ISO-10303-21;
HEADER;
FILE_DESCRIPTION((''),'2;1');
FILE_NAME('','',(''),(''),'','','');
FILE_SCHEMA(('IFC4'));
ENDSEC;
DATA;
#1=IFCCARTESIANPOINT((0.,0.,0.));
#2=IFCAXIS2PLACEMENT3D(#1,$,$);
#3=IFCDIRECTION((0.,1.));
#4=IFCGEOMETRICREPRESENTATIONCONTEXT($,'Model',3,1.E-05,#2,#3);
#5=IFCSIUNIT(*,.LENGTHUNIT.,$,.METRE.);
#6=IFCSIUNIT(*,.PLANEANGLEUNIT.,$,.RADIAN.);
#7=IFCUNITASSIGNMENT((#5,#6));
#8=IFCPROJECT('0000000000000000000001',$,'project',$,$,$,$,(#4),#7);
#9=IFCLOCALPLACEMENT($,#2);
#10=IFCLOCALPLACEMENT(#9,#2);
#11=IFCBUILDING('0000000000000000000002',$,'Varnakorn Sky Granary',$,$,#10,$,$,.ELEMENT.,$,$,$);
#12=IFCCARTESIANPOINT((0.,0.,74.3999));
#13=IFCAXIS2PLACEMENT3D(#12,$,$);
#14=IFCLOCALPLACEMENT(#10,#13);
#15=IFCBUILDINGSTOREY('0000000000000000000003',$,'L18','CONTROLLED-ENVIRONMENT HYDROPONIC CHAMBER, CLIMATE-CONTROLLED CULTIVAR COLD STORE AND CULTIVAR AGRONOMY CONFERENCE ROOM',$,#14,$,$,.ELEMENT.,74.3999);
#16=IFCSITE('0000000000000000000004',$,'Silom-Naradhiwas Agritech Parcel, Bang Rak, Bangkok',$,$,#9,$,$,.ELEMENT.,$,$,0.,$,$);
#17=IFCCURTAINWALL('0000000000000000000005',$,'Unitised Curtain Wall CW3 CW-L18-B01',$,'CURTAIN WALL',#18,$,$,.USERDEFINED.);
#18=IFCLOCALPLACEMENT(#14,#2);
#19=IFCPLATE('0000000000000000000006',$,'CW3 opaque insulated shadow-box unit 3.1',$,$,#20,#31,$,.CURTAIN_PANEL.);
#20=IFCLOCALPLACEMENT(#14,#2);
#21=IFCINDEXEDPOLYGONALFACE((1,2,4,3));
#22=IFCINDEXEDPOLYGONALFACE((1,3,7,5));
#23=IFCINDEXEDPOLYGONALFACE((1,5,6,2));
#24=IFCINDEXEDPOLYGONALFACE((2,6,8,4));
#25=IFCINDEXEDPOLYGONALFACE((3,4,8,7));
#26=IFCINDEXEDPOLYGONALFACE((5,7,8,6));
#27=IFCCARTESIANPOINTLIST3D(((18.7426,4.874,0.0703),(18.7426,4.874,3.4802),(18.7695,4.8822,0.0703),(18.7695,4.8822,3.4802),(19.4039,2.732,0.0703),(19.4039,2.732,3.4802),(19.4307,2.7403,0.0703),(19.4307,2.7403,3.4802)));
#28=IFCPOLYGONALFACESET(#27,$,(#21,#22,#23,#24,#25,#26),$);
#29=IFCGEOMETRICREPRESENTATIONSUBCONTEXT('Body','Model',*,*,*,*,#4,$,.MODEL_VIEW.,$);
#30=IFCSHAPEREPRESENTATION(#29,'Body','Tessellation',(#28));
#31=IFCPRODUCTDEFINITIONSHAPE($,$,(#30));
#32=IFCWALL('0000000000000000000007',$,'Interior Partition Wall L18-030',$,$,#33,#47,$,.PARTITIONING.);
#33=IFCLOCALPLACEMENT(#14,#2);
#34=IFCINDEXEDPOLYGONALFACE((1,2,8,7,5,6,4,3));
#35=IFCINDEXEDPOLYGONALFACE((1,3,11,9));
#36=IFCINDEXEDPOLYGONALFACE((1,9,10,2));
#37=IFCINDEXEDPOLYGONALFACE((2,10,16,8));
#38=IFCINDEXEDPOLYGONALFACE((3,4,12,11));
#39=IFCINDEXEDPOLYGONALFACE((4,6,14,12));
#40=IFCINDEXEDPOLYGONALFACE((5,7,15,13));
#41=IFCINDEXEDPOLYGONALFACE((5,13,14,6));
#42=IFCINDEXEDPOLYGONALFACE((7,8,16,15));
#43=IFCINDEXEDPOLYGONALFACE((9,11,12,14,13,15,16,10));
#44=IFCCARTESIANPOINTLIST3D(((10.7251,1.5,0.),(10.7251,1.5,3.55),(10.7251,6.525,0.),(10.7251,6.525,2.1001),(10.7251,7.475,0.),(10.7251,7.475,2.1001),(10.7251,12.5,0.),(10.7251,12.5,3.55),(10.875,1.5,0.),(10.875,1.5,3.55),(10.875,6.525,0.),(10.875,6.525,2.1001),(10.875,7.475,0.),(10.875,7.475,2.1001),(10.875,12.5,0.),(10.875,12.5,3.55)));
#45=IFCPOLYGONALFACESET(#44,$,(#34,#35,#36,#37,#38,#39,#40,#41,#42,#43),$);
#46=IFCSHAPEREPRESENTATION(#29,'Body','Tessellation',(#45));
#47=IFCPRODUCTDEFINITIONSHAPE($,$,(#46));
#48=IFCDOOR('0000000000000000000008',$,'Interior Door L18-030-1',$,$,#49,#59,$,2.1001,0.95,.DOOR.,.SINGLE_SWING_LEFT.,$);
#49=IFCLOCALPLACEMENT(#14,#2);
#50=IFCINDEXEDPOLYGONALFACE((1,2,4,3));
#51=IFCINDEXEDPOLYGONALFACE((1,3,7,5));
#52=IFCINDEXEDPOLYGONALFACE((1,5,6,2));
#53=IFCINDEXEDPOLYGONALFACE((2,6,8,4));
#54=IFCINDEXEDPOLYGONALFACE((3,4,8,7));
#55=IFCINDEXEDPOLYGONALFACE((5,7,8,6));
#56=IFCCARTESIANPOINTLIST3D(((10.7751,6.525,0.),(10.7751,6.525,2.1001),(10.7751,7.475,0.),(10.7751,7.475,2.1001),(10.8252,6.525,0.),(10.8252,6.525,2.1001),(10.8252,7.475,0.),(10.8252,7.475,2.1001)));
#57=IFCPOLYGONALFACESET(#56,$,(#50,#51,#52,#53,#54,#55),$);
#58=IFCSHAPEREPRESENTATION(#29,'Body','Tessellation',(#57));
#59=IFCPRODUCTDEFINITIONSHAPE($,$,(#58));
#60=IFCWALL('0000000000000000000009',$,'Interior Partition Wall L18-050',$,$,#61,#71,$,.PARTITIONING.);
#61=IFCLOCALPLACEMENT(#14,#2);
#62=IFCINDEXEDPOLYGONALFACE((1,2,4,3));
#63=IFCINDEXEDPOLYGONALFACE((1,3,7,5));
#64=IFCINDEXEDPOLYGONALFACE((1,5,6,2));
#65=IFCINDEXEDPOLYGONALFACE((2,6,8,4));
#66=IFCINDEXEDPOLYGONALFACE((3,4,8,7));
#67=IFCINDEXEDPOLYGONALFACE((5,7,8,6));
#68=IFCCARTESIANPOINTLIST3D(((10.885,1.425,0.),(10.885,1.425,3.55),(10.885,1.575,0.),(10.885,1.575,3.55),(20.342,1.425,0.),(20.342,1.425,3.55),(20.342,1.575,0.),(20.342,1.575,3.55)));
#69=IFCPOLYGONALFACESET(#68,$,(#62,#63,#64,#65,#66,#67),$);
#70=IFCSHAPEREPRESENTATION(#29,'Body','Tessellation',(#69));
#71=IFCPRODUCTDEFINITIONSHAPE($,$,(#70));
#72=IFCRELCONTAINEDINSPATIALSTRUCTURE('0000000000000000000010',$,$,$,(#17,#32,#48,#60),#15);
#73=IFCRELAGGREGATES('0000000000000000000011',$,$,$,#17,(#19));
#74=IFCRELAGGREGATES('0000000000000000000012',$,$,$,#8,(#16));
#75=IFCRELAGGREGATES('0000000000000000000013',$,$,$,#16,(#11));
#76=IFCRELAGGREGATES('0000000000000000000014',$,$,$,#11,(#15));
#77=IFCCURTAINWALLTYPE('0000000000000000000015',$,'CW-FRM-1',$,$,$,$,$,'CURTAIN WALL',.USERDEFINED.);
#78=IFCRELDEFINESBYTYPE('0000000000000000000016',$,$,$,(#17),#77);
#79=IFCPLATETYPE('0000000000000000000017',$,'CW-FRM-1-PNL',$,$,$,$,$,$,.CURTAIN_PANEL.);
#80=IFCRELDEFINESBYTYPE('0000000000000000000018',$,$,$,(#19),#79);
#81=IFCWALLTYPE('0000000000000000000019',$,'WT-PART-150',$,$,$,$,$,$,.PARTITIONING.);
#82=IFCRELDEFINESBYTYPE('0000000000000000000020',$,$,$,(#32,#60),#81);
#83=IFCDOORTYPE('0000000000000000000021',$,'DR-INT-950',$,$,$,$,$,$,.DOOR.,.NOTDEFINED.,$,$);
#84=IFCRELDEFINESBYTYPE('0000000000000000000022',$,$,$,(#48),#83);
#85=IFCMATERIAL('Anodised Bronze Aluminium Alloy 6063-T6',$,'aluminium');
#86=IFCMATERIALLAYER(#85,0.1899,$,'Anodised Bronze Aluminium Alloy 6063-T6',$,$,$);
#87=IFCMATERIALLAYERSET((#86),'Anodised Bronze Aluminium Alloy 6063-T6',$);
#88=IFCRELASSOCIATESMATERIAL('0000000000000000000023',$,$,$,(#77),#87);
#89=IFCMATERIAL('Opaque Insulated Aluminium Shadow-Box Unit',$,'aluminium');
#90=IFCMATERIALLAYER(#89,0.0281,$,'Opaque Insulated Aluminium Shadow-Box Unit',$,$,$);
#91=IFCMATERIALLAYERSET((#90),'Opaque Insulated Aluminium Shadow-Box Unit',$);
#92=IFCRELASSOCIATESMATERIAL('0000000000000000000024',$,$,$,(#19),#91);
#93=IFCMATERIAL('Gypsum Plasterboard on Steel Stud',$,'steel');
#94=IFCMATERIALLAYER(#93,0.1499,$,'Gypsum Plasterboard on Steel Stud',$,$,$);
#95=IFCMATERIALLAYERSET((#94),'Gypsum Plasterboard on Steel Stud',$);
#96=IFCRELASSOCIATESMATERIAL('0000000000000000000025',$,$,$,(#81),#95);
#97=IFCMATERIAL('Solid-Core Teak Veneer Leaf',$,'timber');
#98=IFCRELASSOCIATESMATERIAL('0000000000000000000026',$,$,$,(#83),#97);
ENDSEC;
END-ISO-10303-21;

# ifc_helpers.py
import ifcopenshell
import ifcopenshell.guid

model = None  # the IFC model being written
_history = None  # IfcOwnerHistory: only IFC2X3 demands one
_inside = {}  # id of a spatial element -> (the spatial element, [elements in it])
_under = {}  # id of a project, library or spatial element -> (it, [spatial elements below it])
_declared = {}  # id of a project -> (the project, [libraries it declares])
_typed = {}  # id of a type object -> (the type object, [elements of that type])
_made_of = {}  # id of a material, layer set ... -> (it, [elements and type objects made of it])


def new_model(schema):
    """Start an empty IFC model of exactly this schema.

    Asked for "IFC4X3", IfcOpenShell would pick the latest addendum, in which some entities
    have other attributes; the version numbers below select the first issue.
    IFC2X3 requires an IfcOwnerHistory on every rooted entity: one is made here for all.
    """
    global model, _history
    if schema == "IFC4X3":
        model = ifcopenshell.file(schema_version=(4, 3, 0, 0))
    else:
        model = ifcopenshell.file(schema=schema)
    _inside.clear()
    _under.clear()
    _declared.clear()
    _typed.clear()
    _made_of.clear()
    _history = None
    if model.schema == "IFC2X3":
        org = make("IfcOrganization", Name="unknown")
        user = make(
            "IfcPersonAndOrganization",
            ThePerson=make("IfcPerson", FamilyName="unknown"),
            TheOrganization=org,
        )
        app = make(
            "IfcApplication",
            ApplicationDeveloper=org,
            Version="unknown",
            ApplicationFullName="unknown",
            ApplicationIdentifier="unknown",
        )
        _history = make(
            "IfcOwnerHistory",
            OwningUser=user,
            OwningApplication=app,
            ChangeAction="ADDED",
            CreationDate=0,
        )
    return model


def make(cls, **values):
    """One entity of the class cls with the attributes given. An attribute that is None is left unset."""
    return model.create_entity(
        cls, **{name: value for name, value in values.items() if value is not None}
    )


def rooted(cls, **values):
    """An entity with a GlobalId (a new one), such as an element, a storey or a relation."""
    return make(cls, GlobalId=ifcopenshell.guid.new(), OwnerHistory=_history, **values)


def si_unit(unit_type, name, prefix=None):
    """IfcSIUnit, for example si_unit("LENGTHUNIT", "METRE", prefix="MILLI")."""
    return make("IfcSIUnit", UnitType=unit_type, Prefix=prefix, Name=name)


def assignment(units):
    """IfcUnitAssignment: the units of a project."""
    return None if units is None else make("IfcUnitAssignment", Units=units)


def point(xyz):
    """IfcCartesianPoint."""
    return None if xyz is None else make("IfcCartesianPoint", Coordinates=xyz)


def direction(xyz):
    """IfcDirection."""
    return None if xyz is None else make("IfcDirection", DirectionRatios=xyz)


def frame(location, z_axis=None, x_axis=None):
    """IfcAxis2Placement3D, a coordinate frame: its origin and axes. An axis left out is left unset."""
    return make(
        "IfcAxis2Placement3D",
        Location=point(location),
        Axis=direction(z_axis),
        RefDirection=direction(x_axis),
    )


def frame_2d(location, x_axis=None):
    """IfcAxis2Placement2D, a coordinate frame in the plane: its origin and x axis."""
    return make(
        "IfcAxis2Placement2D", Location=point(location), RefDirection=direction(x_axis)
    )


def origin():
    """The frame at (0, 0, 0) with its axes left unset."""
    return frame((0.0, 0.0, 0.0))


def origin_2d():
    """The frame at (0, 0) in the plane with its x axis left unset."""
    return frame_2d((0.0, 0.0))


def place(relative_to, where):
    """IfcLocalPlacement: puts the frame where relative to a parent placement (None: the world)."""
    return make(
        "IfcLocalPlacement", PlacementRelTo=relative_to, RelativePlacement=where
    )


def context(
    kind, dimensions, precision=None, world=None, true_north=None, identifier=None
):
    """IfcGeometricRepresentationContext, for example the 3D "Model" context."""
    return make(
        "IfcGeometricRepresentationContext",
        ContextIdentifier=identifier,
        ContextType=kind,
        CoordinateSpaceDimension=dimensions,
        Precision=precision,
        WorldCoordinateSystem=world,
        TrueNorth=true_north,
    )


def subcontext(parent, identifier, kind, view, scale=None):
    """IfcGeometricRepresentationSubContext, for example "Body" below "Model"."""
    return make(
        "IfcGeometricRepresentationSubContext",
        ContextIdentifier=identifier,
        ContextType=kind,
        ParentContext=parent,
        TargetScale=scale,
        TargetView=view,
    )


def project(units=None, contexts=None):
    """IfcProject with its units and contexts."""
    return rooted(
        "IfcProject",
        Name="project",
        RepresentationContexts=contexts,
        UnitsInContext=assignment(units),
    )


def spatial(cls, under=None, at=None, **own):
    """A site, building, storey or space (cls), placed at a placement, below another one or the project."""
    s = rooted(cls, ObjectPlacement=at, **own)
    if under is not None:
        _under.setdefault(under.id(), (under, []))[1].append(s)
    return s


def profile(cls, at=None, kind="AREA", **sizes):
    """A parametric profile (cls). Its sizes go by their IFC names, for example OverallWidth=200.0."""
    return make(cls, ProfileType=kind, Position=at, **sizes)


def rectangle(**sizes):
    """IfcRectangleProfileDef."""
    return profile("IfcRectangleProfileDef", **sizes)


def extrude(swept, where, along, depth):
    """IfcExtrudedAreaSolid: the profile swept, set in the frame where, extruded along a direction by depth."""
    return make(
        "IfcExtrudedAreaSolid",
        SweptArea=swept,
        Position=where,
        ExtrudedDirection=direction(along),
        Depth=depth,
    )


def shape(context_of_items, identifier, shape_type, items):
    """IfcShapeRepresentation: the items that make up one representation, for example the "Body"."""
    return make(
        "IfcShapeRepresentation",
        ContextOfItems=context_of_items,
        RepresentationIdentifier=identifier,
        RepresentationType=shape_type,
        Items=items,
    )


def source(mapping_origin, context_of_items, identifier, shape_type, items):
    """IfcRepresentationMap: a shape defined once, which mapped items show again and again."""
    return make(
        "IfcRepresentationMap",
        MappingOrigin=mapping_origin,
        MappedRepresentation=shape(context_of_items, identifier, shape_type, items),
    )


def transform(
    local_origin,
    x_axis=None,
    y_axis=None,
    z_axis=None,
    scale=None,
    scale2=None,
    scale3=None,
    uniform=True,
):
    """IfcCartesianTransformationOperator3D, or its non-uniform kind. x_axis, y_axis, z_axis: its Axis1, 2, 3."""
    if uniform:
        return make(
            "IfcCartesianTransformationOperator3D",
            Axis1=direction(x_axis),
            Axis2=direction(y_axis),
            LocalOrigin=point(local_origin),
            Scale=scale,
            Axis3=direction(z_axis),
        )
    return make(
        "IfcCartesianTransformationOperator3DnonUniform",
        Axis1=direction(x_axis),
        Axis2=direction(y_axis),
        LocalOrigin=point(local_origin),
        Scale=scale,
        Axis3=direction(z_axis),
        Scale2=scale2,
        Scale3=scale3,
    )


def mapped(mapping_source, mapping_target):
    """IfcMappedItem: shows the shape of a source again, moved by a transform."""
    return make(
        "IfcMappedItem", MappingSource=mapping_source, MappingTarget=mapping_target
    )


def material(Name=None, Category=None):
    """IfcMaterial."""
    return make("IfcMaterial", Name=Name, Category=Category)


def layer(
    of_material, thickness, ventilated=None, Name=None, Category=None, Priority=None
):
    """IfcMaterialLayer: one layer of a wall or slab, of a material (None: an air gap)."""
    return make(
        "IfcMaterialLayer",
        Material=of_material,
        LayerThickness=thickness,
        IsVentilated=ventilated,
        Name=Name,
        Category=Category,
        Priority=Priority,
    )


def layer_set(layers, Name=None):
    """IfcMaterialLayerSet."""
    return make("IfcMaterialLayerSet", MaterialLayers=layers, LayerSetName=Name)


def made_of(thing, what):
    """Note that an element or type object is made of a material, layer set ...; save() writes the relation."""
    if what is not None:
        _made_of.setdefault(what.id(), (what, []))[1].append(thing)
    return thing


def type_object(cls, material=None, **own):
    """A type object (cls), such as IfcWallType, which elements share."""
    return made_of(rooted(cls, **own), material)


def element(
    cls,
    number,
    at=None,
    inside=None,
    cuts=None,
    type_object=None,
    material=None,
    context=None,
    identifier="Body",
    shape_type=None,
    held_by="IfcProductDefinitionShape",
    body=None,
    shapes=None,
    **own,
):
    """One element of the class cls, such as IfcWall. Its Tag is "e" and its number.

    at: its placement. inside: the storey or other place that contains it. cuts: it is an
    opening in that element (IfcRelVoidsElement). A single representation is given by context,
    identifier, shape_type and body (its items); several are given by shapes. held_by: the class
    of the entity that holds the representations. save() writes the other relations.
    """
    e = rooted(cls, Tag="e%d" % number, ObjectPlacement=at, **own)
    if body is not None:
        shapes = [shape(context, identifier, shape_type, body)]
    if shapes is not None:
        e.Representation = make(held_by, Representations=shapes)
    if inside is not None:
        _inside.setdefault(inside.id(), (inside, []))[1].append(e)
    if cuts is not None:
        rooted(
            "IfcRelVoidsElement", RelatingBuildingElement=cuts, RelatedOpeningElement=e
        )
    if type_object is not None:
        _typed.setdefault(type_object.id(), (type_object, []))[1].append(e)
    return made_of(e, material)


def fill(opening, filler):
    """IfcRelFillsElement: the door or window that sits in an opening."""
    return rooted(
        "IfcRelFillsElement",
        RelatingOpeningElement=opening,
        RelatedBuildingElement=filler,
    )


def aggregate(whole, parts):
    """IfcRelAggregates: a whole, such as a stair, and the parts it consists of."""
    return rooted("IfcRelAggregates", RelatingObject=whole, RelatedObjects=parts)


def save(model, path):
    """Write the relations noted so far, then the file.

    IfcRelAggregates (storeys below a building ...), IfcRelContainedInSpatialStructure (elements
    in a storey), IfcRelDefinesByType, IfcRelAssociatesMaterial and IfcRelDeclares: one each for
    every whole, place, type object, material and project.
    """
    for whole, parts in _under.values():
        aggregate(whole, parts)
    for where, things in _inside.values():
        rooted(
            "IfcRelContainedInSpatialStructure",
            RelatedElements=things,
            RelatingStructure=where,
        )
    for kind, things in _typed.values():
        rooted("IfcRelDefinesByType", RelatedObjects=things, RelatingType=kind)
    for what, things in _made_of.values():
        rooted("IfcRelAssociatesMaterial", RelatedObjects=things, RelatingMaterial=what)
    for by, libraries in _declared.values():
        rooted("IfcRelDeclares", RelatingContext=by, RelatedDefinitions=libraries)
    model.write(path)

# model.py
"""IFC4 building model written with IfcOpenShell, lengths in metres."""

from ifc_helpers import new_model, si_unit, direction, frame, frame_2d, origin, origin_2d, place, context, subcontext, project, spatial, rectangle, extrude, source, transform, mapped, material, layer, layer_set, type_object, element, fill, aggregate, save


model = new_model("IFC4")

# Units and contexts
model_context = context("Model", 3, precision=1e-05, world=origin(), true_north=direction((0.0, 1.0)))
body_context = subcontext(model_context, "Body", "Model", "MODEL_VIEW")
ifc_project = project(units=[si_unit("LENGTHUNIT", "METRE"), si_unit("PLANEANGLEUNIT", "RADIAN")], contexts=[model_context])

# Site, building, storey
site_placement = place(None, origin())
site = spatial("IfcSite", under=ifc_project, at=site_placement, Name="Silom-Naradhiwas Agritech Parcel, Bang Rak, Bangkok", CompositionType="ELEMENT", RefElevation=0.0)
building_placement = place(site_placement, origin())
building = spatial("IfcBuilding", under=site, at=building_placement, Name="Varnakorn Sky Granary", CompositionType="ELEMENT")
storey_placement = place(building_placement, frame((0.0, 0.0, 74.3999)))
storey = spatial("IfcBuildingStorey", under=building, at=storey_placement, Name="L18", Description="CONTROLLED-ENVIRONMENT HYDROPONIC CHAMBER, CLIMATE-CONTROLLED CULTIVAR COLD STORE AND CULTIVAR AGRONOMY CONFERENCE ROOM", CompositionType="ELEMENT", Elevation=74.3999)

# Curtain wall
ifc_material_1 = material(Name="Anodised Bronze Aluminium Alloy 6063-T6", Category="aluminium")
ifc_layer_1 = layer(ifc_material_1, 0.1899, Name="Anodised Bronze Aluminium Alloy 6063-T6")
ifc_layer_set_1 = layer_set([ifc_layer_1], Name="Anodised Bronze Aluminium Alloy 6063-T6")
curtain_wall_type = type_object("IfcCurtainWallType", Name="CW-FRM-1", ElementType="CURTAIN WALL", PredefinedType="USERDEFINED", material=ifc_layer_set_1)
curtain_wall_1_placement = place(storey_placement, origin())
curtain_wall_1 = element("IfcCurtainWall", 1, at=curtain_wall_1_placement, inside=storey, type_object=curtain_wall_type, Name="Unitised Curtain Wall CW3 CW-L18-B01", ObjectType="CURTAIN WALL", PredefinedType="USERDEFINED")

# Plate
plate_type = type_object("IfcPlateType", Name="CW-FRM-1-PNL", PredefinedType="CURTAIN_PANEL")
ifc_material_2 = material(Name="Opaque Insulated Aluminium Shadow-Box Unit", Category="aluminium")
ifc_layer_2 = layer(ifc_material_2, 0.0281, Name="Opaque Insulated Aluminium Shadow-Box Unit")
ifc_layer_set_2 = layer_set([ifc_layer_2], Name="Opaque Insulated Aluminium Shadow-Box Unit")
shared_shape_1 = source(origin(), body_context, "Body", "SweptSolid", [
    extrude(rectangle(XDim=2.2417, YDim=0.0281, at=origin_2d()), origin(), (0.0, 0.0, 1.0), 3.4099),
])
plate_1_placement = place(storey_placement, frame((19.0867, 3.8071, 0.0703), z_axis=(0.0, 0.0, 1.0), x_axis=(0.294979, -0.955504, 0.0)))
plate_1 = element("IfcPlate", 2, at=plate_1_placement, type_object=plate_type, material=ifc_layer_set_2, Name="CW3 opaque insulated shadow-box unit 3.1", PredefinedType="CURTAIN_PANEL", context=body_context, shape_type="MappedRepresentation", body=[
    mapped(shared_shape_1, transform((0.0, 0.0, 0.0), x_axis=(1.0, 0.0, 0.0), y_axis=(0.0, 1.0, 0.0), z_axis=(0.0, 0.0, 1.0), scale=1.0)),
])
aggregate(curtain_wall_1, [plate_1])

# Wall, opening, door
ifc_material_3 = material(Name="Gypsum Plasterboard on Steel Stud", Category="steel")
ifc_layer_3 = layer(ifc_material_3, 0.1499, Name="Gypsum Plasterboard on Steel Stud")
ifc_layer_set_3 = layer_set([ifc_layer_3], Name="Gypsum Plasterboard on Steel Stud")
wall_type = type_object("IfcWallType", Name="WT-PART-150", PredefinedType="PARTITIONING", material=ifc_layer_set_3)
wall_1_placement = place(storey_placement, frame((10.8, 1.5, 0.0), z_axis=(0.0, 0.0, 1.0), x_axis=(0.0, 1.0, 0.0)))
wall_1 = element("IfcWall", 3, at=wall_1_placement, inside=storey, type_object=wall_type, Name="Interior Partition Wall L18-030", PredefinedType="PARTITIONING", context=body_context, shape_type="SweptSolid", body=[
    extrude(rectangle(XDim=11.0, YDim=0.1499, at=frame_2d((5.5, 0.0))), origin(), (0.0, 0.0, 1.0), 3.55),
])
opening_placement = place(wall_1_placement, frame((5.0249, 0.0, 0.0)))
opening = element("IfcOpeningElement", 4, at=opening_placement, cuts=wall_1, PredefinedType="OPENING", context=body_context, shape_type="SweptSolid", body=[
    extrude(rectangle(XDim=0.95, YDim=2.1001, at=frame_2d((0.4751, 1.05))), frame((0.0, 0.085, 0.0), z_axis=(0.0, -1.0, 0.0), x_axis=(1.0, 0.0, 0.0)), (0.0, 0.0, 1.0), 0.1699),
])
ifc_material_4 = material(Name="Solid-Core Teak Veneer Leaf", Category="timber")
door_type = type_object("IfcDoorType", Name="DR-INT-950", OperationType="NOTDEFINED", PredefinedType="DOOR", material=ifc_material_4)
door_placement = place(opening_placement, origin())
door = element("IfcDoor", 5, at=door_placement, inside=storey, type_object=door_type, Name="Interior Door L18-030-1", OperationType="SINGLE_SWING_LEFT", OverallHeight=2.1001, OverallWidth=0.95, PredefinedType="DOOR", context=body_context, shape_type="SweptSolid", body=[
    extrude(rectangle(XDim=0.95, YDim=2.1001, at=frame_2d((0.4751, 1.05))), frame((0.0, 0.0249, 0.0), z_axis=(0.0, -1.0, 0.0), x_axis=(1.0, 0.0, 0.0)), (0.0, 0.0, 1.0), 0.05),
])
fill(opening, door)

# Wall
wall_2_placement = place(storey_placement, frame((10.885, 1.5, 0.0), z_axis=(0.0, 0.0, 1.0), x_axis=(1.0, 0.0, 0.0)))
element("IfcWall", 6, at=wall_2_placement, inside=storey, type_object=wall_type, Name="Interior Partition Wall L18-050", PredefinedType="PARTITIONING", context=body_context, shape_type="SweptSolid", body=[
    extrude(rectangle(XDim=9.457, YDim=0.1499, at=frame_2d((4.7285, 0.0))), origin(), (0.0, 0.0, 1.0), 3.55),
])

save(model, "model.ifc")
